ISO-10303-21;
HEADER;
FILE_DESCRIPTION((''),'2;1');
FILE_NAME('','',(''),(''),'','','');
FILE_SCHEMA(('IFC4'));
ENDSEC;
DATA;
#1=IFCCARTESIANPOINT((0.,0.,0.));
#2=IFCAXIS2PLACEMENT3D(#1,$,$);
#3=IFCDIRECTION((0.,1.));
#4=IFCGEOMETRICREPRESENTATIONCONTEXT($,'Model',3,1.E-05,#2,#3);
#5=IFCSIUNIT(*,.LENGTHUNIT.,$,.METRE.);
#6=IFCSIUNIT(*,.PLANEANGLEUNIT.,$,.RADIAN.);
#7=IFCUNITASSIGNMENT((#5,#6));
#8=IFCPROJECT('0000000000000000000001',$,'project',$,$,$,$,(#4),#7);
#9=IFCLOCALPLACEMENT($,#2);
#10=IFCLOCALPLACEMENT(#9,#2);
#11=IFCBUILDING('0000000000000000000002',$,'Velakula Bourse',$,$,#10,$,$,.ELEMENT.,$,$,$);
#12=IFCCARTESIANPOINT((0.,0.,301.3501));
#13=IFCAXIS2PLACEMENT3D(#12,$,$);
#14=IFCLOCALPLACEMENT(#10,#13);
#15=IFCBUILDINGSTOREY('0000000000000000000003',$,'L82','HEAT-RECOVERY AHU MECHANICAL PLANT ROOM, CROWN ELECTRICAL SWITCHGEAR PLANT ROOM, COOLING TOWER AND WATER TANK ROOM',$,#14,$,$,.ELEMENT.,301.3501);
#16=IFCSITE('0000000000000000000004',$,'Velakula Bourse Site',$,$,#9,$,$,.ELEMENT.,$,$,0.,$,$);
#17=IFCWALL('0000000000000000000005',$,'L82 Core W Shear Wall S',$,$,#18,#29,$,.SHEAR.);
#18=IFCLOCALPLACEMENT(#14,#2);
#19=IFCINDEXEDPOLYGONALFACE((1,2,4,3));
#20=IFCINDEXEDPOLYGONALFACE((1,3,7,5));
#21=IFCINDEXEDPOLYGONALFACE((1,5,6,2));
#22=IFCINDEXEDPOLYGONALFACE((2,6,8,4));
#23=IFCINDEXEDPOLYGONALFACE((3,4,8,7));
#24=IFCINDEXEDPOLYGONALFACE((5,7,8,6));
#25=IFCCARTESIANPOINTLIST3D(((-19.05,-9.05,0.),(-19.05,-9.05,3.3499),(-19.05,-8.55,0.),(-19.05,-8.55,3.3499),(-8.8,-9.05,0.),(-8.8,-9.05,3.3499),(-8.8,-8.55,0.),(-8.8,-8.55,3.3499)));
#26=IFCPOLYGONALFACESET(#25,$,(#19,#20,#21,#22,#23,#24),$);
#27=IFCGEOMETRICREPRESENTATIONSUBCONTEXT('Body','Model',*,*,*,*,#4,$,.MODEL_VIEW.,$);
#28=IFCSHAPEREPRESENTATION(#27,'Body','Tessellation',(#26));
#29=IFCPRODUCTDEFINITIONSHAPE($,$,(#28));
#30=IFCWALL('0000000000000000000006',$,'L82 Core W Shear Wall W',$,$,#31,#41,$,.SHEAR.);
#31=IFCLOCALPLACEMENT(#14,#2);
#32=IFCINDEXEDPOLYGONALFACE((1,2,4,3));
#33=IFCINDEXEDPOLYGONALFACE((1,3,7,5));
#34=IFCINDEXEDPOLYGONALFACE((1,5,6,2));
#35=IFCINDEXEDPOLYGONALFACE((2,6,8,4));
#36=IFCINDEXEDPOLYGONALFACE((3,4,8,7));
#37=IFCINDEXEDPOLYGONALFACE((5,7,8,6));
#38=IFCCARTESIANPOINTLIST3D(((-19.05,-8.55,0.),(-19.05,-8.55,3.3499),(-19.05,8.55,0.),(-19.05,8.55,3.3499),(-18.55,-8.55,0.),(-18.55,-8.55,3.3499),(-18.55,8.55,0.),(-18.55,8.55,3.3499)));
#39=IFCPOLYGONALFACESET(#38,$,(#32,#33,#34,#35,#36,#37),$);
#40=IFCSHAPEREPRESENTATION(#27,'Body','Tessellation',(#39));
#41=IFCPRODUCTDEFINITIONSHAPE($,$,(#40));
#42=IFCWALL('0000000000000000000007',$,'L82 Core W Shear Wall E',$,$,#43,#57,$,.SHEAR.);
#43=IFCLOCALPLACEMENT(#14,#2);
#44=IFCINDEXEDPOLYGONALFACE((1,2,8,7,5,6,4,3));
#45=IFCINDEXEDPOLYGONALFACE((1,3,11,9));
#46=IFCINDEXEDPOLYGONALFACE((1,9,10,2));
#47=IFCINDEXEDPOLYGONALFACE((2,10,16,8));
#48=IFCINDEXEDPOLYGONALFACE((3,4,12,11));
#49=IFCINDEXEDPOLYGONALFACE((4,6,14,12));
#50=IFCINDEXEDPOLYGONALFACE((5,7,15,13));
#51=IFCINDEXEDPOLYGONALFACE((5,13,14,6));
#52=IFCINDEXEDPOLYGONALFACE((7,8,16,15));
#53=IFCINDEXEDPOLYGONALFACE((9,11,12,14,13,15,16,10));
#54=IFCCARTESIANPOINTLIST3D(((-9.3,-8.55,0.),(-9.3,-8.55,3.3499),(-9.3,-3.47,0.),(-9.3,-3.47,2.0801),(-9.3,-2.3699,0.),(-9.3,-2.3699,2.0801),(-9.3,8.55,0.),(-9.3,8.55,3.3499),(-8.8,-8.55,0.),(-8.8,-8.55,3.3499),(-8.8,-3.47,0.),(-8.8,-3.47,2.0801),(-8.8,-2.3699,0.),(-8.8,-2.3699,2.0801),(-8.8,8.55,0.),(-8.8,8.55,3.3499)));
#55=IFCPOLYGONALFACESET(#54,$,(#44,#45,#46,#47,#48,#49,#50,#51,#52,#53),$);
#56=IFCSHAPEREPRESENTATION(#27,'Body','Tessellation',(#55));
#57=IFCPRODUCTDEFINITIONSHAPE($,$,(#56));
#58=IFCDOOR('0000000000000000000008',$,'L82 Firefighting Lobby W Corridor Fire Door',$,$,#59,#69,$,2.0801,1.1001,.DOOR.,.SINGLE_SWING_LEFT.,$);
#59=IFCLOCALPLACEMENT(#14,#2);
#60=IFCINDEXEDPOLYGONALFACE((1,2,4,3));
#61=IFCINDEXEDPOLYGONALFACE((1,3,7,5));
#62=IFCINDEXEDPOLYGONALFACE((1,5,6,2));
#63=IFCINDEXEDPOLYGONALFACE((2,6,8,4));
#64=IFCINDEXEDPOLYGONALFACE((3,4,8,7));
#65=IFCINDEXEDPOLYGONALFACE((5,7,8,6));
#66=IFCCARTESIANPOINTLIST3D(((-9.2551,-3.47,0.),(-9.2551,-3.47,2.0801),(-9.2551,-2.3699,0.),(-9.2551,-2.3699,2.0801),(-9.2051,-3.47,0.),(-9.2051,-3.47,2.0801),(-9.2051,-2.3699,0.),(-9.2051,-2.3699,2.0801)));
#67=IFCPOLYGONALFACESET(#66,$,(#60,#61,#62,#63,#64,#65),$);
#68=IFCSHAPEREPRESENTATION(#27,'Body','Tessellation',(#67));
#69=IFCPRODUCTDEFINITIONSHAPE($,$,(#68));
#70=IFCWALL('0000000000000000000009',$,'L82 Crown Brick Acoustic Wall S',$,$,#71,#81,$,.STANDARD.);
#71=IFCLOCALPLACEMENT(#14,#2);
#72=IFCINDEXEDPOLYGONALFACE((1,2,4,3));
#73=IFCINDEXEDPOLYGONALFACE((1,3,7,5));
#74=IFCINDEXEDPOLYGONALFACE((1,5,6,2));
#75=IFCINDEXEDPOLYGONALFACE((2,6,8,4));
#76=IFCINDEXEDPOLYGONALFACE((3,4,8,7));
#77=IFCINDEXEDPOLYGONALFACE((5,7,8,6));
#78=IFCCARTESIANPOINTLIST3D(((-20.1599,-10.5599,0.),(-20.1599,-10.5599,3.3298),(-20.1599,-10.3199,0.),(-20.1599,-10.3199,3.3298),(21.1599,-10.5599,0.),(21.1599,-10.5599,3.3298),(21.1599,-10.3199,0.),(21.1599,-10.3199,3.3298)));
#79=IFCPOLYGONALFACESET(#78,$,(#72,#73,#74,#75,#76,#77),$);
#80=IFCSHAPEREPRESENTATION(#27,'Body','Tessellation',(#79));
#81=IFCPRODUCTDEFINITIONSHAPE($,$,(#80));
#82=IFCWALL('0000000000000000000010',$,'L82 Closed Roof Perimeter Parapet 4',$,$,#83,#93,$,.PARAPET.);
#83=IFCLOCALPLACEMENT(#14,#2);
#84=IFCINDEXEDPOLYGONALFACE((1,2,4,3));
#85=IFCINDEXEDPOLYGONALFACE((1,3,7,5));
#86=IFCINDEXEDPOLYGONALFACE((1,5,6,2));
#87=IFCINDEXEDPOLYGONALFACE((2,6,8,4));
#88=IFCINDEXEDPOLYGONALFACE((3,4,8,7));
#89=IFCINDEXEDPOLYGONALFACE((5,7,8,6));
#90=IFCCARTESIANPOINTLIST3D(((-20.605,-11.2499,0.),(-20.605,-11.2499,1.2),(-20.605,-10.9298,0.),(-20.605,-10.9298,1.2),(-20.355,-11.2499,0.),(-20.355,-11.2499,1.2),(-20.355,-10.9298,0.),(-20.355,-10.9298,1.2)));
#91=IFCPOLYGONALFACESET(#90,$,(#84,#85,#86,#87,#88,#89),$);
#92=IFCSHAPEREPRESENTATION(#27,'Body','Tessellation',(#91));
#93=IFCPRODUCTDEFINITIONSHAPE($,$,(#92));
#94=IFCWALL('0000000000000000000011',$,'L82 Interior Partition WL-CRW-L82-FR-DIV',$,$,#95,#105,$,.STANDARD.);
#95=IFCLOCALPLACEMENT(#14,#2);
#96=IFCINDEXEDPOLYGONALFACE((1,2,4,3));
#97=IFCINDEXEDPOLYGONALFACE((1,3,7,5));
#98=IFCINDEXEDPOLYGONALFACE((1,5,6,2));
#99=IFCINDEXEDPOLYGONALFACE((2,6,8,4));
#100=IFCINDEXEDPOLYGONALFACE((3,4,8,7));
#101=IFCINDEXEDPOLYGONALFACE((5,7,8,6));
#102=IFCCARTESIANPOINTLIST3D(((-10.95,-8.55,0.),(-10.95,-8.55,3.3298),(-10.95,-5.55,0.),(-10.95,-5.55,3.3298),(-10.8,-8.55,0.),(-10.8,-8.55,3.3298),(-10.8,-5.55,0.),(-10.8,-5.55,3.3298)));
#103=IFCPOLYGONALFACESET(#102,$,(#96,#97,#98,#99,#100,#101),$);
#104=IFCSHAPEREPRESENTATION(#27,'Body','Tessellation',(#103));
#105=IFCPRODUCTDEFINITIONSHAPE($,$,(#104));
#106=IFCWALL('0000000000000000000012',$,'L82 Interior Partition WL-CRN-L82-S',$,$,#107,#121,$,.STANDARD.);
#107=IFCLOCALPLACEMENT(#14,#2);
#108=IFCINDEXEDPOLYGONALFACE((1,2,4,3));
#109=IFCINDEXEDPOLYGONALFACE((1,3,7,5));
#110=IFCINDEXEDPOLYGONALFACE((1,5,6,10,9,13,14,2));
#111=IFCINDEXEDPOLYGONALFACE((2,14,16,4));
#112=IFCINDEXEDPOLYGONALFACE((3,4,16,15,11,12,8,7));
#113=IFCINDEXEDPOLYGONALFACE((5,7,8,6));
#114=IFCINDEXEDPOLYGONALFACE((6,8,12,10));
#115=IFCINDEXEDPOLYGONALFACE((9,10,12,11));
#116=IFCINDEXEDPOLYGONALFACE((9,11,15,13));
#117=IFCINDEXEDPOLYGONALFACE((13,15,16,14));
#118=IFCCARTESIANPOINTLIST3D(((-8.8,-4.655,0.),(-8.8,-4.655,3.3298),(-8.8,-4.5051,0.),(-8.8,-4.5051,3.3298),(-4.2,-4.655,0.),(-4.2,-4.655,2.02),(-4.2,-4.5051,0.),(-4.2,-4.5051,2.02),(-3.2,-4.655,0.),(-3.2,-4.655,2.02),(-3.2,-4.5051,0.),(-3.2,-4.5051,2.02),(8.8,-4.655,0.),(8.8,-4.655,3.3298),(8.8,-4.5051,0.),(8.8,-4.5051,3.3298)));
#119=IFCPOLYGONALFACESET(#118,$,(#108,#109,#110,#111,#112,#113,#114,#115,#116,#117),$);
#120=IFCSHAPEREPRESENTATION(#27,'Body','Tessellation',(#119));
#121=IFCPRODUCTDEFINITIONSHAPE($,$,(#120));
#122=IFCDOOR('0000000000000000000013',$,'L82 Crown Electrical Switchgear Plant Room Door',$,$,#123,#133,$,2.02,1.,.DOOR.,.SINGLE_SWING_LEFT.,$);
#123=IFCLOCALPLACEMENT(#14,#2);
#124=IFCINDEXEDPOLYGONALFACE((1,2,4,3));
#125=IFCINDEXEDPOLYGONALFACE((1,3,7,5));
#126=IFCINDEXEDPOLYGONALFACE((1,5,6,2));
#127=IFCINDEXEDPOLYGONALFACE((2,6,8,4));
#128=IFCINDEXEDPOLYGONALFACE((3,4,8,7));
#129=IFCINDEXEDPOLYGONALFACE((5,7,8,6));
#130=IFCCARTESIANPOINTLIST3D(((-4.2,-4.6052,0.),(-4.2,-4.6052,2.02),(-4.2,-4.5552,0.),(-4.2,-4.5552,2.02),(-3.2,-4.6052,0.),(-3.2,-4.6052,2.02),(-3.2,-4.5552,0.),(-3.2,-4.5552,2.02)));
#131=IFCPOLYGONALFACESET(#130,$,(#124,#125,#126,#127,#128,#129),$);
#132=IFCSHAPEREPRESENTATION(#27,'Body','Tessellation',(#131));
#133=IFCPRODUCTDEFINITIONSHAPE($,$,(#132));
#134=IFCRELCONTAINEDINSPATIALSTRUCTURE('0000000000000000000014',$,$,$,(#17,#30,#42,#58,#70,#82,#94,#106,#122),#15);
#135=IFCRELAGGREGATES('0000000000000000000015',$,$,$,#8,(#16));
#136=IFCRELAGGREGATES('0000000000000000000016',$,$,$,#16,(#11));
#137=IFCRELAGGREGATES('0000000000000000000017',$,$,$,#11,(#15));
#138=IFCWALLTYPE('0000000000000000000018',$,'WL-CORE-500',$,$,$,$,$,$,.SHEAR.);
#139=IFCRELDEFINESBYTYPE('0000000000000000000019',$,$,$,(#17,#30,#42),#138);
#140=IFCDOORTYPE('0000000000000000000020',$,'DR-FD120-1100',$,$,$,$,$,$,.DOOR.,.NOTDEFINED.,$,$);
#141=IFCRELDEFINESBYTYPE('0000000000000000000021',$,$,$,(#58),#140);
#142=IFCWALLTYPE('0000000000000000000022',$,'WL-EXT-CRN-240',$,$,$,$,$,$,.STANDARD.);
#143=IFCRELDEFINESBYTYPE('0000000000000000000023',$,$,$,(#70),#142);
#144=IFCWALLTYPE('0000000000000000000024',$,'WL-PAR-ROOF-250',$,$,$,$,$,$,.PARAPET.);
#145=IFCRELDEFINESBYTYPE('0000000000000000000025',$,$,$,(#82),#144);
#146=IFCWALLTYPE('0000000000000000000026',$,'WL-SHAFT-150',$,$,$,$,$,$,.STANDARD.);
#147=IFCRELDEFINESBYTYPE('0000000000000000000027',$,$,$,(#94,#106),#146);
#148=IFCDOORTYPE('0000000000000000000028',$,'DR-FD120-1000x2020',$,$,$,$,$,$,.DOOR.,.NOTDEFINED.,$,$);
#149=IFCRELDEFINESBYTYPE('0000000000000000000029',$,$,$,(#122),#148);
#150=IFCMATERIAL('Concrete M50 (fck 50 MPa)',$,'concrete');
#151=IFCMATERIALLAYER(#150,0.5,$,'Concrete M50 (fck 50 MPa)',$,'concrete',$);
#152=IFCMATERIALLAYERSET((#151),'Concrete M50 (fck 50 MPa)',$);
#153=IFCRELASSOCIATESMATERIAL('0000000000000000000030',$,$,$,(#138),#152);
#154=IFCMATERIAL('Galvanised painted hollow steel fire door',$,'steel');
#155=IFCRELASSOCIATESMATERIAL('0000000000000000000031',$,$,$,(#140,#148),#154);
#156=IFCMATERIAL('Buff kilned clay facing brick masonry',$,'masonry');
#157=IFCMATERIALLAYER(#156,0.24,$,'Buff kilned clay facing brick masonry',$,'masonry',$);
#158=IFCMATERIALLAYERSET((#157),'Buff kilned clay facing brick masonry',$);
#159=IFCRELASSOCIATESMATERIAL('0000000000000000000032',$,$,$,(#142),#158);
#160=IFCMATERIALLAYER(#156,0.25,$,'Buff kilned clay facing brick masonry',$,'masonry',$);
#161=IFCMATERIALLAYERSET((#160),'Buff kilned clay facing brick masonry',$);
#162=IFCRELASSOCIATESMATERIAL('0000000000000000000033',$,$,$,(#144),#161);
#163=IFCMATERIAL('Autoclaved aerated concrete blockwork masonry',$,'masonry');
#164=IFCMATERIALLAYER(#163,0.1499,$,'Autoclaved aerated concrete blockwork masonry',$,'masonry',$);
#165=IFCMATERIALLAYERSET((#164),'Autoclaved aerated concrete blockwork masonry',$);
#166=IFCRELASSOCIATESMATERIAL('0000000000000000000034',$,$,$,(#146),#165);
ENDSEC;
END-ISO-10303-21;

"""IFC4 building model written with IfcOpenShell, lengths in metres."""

from ifc_helpers import new_model, si_unit, direction, frame, frame_2d, origin, place, context, subcontext, project, spatial, rectangle, extrude, material, layer, layer_set, type_object, element, fill, save


model = new_model("IFC4")

# Units and contexts
model_context = context("Model", 3, precision=1e-05, world=origin(), true_north=direction((0.0, 1.0)))
body_context = subcontext(model_context, "Body", "Model", "MODEL_VIEW")
ifc_project = project(units=[si_unit("LENGTHUNIT", "METRE"), si_unit("PLANEANGLEUNIT", "RADIAN")], contexts=[model_context])

# Site, building, storey
site_placement = place(None, origin())
site = spatial("IfcSite", under=ifc_project, at=site_placement, Name="Velakula Bourse Site", CompositionType="ELEMENT", RefElevation=0.0)
building_placement = place(site_placement, origin())
building = spatial("IfcBuilding", under=site, at=building_placement, Name="Velakula Bourse", CompositionType="ELEMENT")
storey_placement = place(building_placement, frame((0.0, 0.0, 301.3501)))
storey = spatial("IfcBuildingStorey", under=building, at=storey_placement, Name="L82", Description="HEAT-RECOVERY AHU MECHANICAL PLANT ROOM, CROWN ELECTRICAL SWITCHGEAR PLANT ROOM, COOLING TOWER AND WATER TANK ROOM", CompositionType="ELEMENT", Elevation=301.3501)

# Shared definitions
ifc_material_1 = material(Name="Concrete M50 (fck 50 MPa)", Category="concrete")

# Shared definitions
ifc_material_2 = material(Name="Galvanised painted hollow steel fire door", Category="steel")

# Walls
ifc_layer_1 = layer(ifc_material_1, 0.5, Name="Concrete M50 (fck 50 MPa)", Category="concrete")
ifc_layer_set_1 = layer_set([ifc_layer_1], Name="Concrete M50 (fck 50 MPa)")
wall_type_1 = type_object("IfcWallType", Name="WL-CORE-500", PredefinedType="SHEAR", material=ifc_layer_set_1)
wall_1_placement = place(storey_placement, frame((-19.05, -8.8, 0.0), z_axis=(0.0, 0.0, 1.0), x_axis=(1.0, 0.0, 0.0)))
element("IfcWall", 1, at=wall_1_placement, inside=storey, type_object=wall_type_1, Name="L82 Core W Shear Wall S", PredefinedType="SHEAR", context=body_context, shape_type="SweptSolid", body=[
    extrude(rectangle(XDim=10.25, YDim=0.5, at=frame_2d((5.125, 0.0))), origin(), (0.0, 0.0, 1.0), 3.3499),
])
wall_2_placement = place(storey_placement, frame((-18.8, -8.55, 0.0), z_axis=(0.0, 0.0, 1.0), x_axis=(0.0, 1.0, 0.0)))
element("IfcWall", 2, at=wall_2_placement, inside=storey, type_object=wall_type_1, Name="L82 Core W Shear Wall W", PredefinedType="SHEAR", context=body_context, shape_type="SweptSolid", body=[
    extrude(rectangle(XDim=17.1001, YDim=0.5, at=frame_2d((8.55, 0.0))), origin(), (0.0, 0.0, 1.0), 3.3499),
])

# Wall, opening, door
wall_3_placement = place(storey_placement, frame((-9.05, -8.55, 0.0), z_axis=(0.0, 0.0, 1.0), x_axis=(0.0, 1.0, 0.0)))
wall_3 = element("IfcWall", 3, at=wall_3_placement, inside=storey, type_object=wall_type_1, Name="L82 Core W Shear Wall E", PredefinedType="SHEAR", context=body_context, shape_type="SweptSolid", body=[
    extrude(rectangle(XDim=17.1001, YDim=0.5, at=frame_2d((8.55, 0.0))), origin(), (0.0, 0.0, 1.0), 3.3499),
])
opening_1_placement = place(wall_3_placement, frame((5.0801, 0.0, 0.0)))
opening_1 = element("IfcOpeningElement", 4, at=opening_1_placement, cuts=wall_3, PredefinedType="OPENING", context=body_context, shape_type="SweptSolid", body=[
    extrude(rectangle(XDim=1.1001, YDim=2.0801, at=frame_2d((0.55, 1.04))), frame((0.0, 0.26, 0.0), z_axis=(0.0, -1.0, 0.0), x_axis=(1.0, 0.0, 0.0)), (0.0, 0.0, 1.0), 0.52),
])
door_type_1 = type_object("IfcDoorType", Name="DR-FD120-1100", OperationType="NOTDEFINED", PredefinedType="DOOR", material=ifc_material_2)
door_1_placement = place(opening_1_placement, origin())
door_1 = element("IfcDoor", 5, at=door_1_placement, inside=storey, type_object=door_type_1, Name="L82 Firefighting Lobby W Corridor Fire Door", OperationType="SINGLE_SWING_LEFT", OverallHeight=2.0801, OverallWidth=1.1001, PredefinedType="DOOR", context=body_context, shape_type="SweptSolid", body=[
    extrude(rectangle(XDim=1.1001, YDim=2.0801, at=frame_2d((0.55, 1.04))), frame((0.0, 0.2051, 0.0), z_axis=(0.0, -1.0, 0.0), x_axis=(1.0, 0.0, 0.0)), (0.0, 0.0, 1.0), 0.05),
])
fill(opening_1, door_1)

# Walls
ifc_material_3 = material(Name="Buff kilned clay facing brick masonry", Category="masonry")
ifc_layer_2 = layer(ifc_material_3, 0.24, Name="Buff kilned clay facing brick masonry", Category="masonry")
ifc_layer_set_2 = layer_set([ifc_layer_2], Name="Buff kilned clay facing brick masonry")
wall_type_2 = type_object("IfcWallType", Name="WL-EXT-CRN-240", PredefinedType="STANDARD", material=ifc_layer_set_2)
wall_4_placement = place(storey_placement, frame((-20.1599, -10.4399, 0.0), z_axis=(0.0, 0.0, 1.0), x_axis=(1.0, 0.0, 0.0)))
element("IfcWall", 6, at=wall_4_placement, inside=storey, type_object=wall_type_2, Name="L82 Crown Brick Acoustic Wall S", PredefinedType="STANDARD", context=body_context, shape_type="SweptSolid", body=[
    extrude(rectangle(XDim=41.3198, YDim=0.24, at=frame_2d((20.6599, 0.0))), origin(), (0.0, 0.0, 1.0), 3.3298),
])
ifc_layer_3 = layer(ifc_material_3, 0.25, Name="Buff kilned clay facing brick masonry", Category="masonry")
ifc_layer_set_3 = layer_set([ifc_layer_3], Name="Buff kilned clay facing brick masonry")
wall_type_3 = type_object("IfcWallType", Name="WL-PAR-ROOF-250", PredefinedType="PARAPET", material=ifc_layer_set_3)
wall_5_placement = place(storey_placement, frame((-20.48, -11.25, 0.0), z_axis=(0.0, 0.0, 1.0), x_axis=(0.0, 1.0, 0.0)))
element("IfcWall", 7, at=wall_5_placement, inside=storey, type_object=wall_type_3, Name="L82 Closed Roof Perimeter Parapet 4", PredefinedType="PARAPET", context=body_context, shape_type="SweptSolid", body=[
    extrude(rectangle(XDim=0.3201, YDim=0.25, at=frame_2d((0.1602, 0.0))), origin(), (0.0, 0.0, 1.0), 1.2),
])

# Shared definitions
ifc_material_4 = material(Name="Autoclaved aerated concrete blockwork masonry", Category="masonry")
ifc_layer_4 = layer(ifc_material_4, 0.1499, Name="Autoclaved aerated concrete blockwork masonry", Category="masonry")
ifc_layer_set_4 = layer_set([ifc_layer_4], Name="Autoclaved aerated concrete blockwork masonry")
wall_type_4 = type_object("IfcWallType", Name="WL-SHAFT-150", PredefinedType="STANDARD", material=ifc_layer_set_4)

# Wall
wall_6_placement = place(storey_placement, frame((-10.875, -8.55, 0.0), z_axis=(0.0, 0.0, 1.0), x_axis=(0.0, 1.0, 0.0)))
element("IfcWall", 8, at=wall_6_placement, inside=storey, type_object=wall_type_4, Name="L82 Interior Partition WL-CRW-L82-FR-DIV", PredefinedType="STANDARD", context=body_context, shape_type="SweptSolid", body=[
    extrude(rectangle(XDim=3.0, YDim=0.1499, at=frame_2d((1.5, 0.0))), origin(), (0.0, 0.0, 1.0), 3.3298),
])

# Wall, opening, door
wall_7_placement = place(storey_placement, frame((-8.8, -4.5801, 0.0), z_axis=(0.0, 0.0, 1.0), x_axis=(1.0, 0.0, 0.0)))
wall_7 = element("IfcWall", 9, at=wall_7_placement, inside=storey, type_object=wall_type_4, Name="L82 Interior Partition WL-CRN-L82-S", PredefinedType="STANDARD", context=body_context, shape_type="SweptSolid", body=[
    extrude(rectangle(XDim=17.6001, YDim=0.1499, at=frame_2d((8.8, 0.0))), origin(), (0.0, 0.0, 1.0), 3.3298),
])
opening_2_placement = place(wall_7_placement, frame((4.6001, 0.0, 0.0)))
opening_2 = element("IfcOpeningElement", 10, at=opening_2_placement, cuts=wall_7, PredefinedType="OPENING", context=body_context, shape_type="SweptSolid", body=[
    extrude(rectangle(XDim=1.0, YDim=2.02, at=frame_2d((0.5, 1.01))), frame((0.0, 0.085, 0.0), z_axis=(0.0, -1.0, 0.0), x_axis=(1.0, 0.0, 0.0)), (0.0, 0.0, 1.0), 0.1699),
])
door_type_2 = type_object("IfcDoorType", Name="DR-FD120-1000x2020", OperationType="NOTDEFINED", PredefinedType="DOOR", material=ifc_material_2)
door_2_placement = place(opening_2_placement, origin())
door_2 = element("IfcDoor", 11, at=door_2_placement, inside=storey, type_object=door_type_2, Name="L82 Crown Electrical Switchgear Plant Room Door", OperationType="SINGLE_SWING_LEFT", OverallHeight=2.02, OverallWidth=1.0, PredefinedType="DOOR", context=body_context, shape_type="SweptSolid", body=[
    extrude(rectangle(XDim=1.0, YDim=2.02, at=frame_2d((0.5, 1.01))), frame((0.0, 0.0249, 0.0), z_axis=(0.0, -1.0, 0.0), x_axis=(1.0, 0.0, 0.0)), (0.0, 0.0, 1.0), 0.05),
])
fill(opening_2, door_2)

save(model, "model.ifc")
